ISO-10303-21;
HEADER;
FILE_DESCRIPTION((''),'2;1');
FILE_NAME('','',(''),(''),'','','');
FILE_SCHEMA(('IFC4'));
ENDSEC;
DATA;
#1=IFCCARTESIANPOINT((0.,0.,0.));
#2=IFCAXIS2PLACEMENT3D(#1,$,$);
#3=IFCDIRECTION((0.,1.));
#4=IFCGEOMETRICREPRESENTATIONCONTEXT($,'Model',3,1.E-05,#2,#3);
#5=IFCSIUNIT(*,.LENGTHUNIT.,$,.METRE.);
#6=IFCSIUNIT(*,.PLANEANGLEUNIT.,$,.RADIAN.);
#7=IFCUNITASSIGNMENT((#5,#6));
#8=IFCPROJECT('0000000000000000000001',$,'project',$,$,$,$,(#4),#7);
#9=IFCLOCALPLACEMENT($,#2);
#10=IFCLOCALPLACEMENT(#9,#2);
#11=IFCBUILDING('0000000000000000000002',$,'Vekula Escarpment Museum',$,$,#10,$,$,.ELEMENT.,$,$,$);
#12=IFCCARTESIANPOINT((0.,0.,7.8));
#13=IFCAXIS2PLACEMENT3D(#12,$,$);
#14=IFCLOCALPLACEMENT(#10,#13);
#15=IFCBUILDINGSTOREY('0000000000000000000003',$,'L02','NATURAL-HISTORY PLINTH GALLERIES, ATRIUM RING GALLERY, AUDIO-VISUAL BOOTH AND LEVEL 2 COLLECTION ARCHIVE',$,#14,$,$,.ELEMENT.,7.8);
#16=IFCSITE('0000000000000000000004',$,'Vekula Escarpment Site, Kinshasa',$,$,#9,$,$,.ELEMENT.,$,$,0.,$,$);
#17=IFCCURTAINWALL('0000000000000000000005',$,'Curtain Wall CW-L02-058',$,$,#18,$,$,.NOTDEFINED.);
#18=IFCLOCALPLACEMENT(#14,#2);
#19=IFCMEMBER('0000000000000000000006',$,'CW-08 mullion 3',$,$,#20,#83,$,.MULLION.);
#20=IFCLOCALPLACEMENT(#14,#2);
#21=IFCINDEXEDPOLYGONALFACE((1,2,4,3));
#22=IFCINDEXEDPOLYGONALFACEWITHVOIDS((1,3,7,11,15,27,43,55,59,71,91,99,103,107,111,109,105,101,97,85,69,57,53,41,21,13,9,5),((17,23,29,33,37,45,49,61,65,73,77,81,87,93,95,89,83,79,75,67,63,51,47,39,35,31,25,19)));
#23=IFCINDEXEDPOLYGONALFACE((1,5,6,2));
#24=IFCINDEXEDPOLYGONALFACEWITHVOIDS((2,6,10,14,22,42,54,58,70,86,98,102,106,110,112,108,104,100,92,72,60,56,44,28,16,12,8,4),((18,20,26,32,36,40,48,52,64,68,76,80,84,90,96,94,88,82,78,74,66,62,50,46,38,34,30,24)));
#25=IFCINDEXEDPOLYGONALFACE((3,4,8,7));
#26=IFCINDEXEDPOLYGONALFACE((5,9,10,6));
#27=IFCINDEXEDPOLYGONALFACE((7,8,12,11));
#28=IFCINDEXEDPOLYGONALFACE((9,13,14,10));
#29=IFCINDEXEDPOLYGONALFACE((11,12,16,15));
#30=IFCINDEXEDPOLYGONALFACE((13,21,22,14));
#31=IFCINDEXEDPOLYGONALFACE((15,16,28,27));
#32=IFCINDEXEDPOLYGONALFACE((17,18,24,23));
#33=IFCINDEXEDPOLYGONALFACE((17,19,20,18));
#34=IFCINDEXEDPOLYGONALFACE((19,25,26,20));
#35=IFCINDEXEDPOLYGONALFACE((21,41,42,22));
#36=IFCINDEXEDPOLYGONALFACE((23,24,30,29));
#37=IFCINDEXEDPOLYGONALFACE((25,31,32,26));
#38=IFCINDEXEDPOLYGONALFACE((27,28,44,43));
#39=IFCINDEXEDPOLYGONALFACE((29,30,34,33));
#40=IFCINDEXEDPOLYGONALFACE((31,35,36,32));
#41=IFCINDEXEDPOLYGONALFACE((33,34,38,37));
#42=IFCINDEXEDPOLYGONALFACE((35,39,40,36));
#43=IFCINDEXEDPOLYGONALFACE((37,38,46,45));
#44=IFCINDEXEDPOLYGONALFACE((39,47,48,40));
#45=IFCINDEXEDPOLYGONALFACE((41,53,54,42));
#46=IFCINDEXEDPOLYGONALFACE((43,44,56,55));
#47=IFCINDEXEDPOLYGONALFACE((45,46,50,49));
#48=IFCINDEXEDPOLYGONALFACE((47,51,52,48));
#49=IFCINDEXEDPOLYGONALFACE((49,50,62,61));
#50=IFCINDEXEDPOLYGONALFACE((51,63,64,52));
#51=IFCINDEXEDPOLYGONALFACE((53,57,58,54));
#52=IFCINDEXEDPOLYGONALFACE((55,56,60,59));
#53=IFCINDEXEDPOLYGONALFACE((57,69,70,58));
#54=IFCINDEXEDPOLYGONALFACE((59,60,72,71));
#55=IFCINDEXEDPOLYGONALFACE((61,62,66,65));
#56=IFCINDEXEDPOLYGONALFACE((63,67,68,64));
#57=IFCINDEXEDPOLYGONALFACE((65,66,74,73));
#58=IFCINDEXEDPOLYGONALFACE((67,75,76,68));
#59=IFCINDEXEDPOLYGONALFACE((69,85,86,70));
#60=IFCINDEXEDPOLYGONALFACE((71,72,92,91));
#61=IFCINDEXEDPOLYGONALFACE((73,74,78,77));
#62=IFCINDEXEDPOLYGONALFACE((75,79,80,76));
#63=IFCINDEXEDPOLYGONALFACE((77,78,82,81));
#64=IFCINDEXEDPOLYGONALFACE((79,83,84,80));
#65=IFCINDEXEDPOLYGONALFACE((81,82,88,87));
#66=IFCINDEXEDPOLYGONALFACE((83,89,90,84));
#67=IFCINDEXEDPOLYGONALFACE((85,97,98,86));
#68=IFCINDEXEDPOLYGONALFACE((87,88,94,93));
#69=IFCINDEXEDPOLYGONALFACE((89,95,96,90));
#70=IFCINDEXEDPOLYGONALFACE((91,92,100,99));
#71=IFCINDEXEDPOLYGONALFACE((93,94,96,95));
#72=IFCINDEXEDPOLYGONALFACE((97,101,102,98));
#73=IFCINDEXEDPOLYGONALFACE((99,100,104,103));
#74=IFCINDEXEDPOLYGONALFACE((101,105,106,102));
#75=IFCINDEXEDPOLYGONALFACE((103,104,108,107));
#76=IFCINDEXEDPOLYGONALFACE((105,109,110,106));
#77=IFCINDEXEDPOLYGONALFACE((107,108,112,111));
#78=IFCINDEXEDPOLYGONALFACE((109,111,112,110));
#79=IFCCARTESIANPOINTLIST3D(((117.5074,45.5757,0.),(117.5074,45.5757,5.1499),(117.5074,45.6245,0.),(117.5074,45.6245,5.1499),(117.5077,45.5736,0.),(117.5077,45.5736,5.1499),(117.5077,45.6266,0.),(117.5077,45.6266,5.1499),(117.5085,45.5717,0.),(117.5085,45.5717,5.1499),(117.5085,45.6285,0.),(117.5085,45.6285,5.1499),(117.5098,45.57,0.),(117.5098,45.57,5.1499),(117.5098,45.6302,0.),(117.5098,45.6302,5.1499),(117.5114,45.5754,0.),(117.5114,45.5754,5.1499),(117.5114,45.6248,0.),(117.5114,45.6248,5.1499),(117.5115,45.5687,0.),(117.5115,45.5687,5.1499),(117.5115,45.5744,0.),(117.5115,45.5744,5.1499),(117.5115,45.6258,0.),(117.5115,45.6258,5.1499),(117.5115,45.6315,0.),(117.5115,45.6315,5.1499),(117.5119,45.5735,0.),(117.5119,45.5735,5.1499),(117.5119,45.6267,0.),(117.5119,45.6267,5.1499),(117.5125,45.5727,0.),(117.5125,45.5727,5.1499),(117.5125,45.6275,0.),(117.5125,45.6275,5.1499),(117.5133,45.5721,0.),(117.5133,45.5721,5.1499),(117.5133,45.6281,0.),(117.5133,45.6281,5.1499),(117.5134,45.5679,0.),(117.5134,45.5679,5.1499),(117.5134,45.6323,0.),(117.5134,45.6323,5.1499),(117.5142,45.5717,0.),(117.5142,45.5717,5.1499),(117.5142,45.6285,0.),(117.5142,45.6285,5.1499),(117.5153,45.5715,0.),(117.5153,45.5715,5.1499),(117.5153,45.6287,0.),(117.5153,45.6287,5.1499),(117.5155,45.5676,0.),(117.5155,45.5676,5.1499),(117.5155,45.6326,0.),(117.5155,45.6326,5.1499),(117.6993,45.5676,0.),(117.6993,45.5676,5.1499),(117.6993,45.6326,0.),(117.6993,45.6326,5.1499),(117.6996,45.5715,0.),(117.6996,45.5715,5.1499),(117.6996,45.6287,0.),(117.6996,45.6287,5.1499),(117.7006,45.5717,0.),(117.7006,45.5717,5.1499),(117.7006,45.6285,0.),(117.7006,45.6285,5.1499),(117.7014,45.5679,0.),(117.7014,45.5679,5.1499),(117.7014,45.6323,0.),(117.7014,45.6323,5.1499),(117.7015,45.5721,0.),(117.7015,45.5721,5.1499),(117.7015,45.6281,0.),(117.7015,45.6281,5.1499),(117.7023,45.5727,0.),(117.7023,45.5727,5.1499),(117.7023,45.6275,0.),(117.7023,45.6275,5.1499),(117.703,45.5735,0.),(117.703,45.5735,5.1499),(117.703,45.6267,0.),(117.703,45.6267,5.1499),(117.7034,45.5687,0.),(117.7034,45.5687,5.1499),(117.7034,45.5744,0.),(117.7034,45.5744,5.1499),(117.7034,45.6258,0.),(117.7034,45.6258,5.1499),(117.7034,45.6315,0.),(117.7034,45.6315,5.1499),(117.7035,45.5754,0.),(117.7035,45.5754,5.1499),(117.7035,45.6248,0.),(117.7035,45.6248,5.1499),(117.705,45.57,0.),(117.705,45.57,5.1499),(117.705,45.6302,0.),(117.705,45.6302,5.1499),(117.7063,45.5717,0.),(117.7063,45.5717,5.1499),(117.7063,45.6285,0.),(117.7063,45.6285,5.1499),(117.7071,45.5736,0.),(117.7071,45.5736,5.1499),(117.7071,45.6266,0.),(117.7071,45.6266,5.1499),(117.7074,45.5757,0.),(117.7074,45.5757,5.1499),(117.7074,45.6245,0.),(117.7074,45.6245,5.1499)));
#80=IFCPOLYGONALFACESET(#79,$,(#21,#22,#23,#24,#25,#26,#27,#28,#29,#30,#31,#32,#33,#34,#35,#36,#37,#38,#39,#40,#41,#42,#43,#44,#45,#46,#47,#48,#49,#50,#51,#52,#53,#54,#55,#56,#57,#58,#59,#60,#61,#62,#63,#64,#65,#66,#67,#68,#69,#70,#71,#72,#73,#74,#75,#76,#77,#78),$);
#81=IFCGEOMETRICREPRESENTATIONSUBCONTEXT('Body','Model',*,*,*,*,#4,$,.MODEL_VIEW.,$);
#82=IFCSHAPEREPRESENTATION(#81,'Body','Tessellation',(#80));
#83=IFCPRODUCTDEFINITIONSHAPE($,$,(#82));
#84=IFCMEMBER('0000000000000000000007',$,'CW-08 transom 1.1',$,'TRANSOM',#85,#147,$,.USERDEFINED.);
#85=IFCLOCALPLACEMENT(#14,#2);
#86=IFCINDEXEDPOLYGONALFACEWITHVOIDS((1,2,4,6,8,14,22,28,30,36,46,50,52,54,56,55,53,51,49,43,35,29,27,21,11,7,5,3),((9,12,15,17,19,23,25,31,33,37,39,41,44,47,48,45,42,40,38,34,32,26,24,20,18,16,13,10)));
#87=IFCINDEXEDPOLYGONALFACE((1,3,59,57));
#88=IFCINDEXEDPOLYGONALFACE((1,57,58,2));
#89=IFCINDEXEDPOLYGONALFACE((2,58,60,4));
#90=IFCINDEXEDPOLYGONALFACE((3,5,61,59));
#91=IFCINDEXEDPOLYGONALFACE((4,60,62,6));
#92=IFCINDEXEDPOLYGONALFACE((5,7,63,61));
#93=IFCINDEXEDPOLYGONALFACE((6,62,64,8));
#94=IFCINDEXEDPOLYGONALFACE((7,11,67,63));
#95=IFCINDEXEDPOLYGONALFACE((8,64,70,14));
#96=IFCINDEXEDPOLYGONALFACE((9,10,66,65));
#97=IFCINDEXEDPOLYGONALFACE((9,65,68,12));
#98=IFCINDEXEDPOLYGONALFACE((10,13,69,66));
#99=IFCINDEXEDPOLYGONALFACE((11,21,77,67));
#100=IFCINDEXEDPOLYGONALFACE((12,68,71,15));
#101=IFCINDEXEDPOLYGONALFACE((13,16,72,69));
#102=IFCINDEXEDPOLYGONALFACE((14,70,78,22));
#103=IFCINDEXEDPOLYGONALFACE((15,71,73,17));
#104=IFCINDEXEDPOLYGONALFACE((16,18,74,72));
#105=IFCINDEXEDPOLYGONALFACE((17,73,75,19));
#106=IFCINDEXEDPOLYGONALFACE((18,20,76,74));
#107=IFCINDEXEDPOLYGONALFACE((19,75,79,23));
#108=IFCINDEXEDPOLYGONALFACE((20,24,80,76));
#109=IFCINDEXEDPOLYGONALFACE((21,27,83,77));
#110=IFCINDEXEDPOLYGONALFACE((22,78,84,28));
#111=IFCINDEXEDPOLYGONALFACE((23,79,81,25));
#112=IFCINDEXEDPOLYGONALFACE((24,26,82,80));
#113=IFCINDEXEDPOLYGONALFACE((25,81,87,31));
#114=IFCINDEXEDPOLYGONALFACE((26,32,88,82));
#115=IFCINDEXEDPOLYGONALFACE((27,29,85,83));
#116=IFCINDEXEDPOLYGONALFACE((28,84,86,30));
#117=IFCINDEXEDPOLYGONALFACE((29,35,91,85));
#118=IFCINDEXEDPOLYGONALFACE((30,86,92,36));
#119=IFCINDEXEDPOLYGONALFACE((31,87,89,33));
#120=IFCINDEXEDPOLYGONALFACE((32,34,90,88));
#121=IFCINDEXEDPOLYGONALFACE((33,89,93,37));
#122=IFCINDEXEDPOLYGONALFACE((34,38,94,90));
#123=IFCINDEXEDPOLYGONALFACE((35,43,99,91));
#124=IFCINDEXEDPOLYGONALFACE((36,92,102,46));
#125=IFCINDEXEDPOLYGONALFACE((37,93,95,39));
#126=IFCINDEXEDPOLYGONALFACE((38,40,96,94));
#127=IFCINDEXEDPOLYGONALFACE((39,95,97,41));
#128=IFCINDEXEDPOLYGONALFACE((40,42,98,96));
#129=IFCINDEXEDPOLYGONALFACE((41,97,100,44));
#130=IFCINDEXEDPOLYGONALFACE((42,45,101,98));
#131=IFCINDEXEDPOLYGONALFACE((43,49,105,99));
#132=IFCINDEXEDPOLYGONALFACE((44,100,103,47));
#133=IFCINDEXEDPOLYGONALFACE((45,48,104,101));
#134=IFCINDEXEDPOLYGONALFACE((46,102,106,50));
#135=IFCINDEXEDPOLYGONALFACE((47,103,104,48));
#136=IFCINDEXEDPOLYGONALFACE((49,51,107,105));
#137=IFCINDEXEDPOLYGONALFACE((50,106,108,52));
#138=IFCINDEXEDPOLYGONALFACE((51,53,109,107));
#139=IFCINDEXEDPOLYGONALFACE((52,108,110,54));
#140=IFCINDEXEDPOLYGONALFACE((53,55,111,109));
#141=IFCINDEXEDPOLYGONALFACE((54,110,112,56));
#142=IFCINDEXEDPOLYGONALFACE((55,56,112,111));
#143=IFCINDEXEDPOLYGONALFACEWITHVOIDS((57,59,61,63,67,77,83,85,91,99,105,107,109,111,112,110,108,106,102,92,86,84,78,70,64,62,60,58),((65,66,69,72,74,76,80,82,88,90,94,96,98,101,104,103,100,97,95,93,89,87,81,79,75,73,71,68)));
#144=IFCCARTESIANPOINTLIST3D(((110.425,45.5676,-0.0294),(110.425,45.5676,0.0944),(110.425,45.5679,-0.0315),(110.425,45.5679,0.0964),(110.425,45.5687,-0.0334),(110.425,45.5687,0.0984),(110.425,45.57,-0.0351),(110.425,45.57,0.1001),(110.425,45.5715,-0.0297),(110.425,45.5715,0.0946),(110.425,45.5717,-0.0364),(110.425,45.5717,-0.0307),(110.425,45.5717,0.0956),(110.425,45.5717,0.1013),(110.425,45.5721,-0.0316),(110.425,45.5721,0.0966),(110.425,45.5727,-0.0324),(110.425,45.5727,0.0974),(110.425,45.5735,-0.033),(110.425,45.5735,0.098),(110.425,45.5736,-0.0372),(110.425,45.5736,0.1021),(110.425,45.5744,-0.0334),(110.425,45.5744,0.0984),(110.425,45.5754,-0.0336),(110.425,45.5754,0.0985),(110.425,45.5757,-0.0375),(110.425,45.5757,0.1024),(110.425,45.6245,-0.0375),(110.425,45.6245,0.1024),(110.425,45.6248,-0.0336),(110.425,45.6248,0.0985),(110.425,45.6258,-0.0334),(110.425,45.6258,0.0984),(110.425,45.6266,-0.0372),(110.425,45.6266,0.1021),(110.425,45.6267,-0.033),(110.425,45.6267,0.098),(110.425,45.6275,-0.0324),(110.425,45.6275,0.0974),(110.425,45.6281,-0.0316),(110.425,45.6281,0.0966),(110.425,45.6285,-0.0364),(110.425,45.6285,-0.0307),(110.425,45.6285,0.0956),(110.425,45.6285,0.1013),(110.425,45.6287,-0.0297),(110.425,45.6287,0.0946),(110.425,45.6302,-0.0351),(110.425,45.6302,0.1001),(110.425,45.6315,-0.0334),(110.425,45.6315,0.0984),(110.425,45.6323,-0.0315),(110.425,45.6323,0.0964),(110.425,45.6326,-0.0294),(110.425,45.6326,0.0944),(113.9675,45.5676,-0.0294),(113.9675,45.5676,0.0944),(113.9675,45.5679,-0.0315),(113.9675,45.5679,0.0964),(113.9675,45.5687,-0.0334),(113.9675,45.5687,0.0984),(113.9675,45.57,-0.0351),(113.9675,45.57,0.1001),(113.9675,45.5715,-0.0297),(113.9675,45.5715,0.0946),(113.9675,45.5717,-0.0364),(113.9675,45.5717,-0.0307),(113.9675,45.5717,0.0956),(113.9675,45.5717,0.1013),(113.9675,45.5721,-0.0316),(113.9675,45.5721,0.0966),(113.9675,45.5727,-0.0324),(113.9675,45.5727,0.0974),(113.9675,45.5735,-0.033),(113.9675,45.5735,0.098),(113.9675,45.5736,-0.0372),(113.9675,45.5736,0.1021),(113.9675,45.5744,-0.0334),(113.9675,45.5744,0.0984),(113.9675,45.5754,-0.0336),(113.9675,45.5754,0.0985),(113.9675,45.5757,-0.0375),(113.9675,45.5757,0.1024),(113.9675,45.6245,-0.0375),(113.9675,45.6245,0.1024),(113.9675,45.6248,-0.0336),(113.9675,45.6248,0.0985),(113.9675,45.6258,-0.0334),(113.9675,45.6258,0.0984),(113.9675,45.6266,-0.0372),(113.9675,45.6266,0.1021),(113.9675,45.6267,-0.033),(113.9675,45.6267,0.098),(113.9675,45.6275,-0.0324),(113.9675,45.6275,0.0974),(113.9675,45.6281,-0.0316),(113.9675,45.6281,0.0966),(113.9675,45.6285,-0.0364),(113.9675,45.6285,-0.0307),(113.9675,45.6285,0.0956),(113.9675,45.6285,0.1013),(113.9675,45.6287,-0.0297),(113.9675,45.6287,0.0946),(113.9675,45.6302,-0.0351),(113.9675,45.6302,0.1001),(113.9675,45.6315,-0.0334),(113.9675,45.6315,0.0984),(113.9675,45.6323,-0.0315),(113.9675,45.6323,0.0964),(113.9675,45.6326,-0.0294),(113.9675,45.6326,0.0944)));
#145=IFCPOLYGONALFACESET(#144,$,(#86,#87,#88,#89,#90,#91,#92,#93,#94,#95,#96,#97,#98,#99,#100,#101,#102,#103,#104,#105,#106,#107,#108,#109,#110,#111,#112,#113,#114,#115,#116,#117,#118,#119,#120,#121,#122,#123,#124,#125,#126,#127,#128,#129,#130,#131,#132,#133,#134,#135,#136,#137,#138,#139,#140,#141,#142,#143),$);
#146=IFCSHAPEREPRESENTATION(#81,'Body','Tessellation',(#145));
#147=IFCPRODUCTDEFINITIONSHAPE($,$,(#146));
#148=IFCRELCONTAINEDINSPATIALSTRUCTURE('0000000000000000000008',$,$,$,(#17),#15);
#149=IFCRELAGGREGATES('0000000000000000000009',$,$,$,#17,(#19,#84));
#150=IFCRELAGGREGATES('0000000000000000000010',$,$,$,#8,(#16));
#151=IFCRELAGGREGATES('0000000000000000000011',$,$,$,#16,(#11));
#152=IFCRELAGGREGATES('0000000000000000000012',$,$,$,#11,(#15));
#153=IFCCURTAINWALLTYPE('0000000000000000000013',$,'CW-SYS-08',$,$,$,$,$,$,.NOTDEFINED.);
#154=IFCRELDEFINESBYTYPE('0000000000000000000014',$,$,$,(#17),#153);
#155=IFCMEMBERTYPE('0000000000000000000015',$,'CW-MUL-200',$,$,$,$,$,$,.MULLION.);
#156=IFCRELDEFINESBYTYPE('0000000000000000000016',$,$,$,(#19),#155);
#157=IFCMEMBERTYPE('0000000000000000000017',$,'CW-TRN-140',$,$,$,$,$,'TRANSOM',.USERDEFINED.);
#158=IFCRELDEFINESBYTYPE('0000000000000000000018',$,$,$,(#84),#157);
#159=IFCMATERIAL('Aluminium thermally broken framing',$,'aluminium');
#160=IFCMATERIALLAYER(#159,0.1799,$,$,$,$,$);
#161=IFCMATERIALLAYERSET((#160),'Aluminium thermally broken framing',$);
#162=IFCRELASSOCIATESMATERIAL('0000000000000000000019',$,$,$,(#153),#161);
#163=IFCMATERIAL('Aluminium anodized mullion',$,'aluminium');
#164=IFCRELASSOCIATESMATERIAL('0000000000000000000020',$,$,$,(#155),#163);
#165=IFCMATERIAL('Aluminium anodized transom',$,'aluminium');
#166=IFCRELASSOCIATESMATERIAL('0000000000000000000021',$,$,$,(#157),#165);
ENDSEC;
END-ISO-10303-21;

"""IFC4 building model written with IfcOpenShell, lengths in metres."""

from ifc_helpers import new_model, si_unit, direction, frame, origin, origin_2d, place, context, subcontext, project, spatial, hollow_rectangle, extrude, material, layer, layer_set, material_profile, profile_set, type_object, element, aggregate, save


model = new_model("IFC4")

# Units and contexts
model_context = context("Model", 3, precision=1e-05, world=origin(), true_north=direction((0.0, 1.0)))
body_context = subcontext(model_context, "Body", "Model", "MODEL_VIEW")
ifc_project = project(units=[si_unit("LENGTHUNIT", "METRE"), si_unit("PLANEANGLEUNIT", "RADIAN")], contexts=[model_context])

# Site, building, storey
site_placement = place(None, origin())
site = spatial("IfcSite", under=ifc_project, at=site_placement, Name="Vekula Escarpment Site, Kinshasa", CompositionType="ELEMENT", RefElevation=0.0)
building_placement = place(site_placement, origin())
building = spatial("IfcBuilding", under=site, at=building_placement, Name="Vekula Escarpment Museum", CompositionType="ELEMENT")
storey_placement = place(building_placement, frame((0.0, 0.0, 7.8)))
storey = spatial("IfcBuildingStorey", under=building, at=storey_placement, Name="L02", Description="NATURAL-HISTORY PLINTH GALLERIES, ATRIUM RING GALLERY, AUDIO-VISUAL BOOTH AND LEVEL 2 COLLECTION ARCHIVE", CompositionType="ELEMENT", Elevation=7.8)

# Curtain wall, members
ifc_material_1 = material(Name="Aluminium thermally broken framing", Category="aluminium")
ifc_layer_1 = layer(ifc_material_1, 0.1799)
ifc_layer_set_1 = layer_set([ifc_layer_1], Name="Aluminium thermally broken framing")
curtain_wall_type = type_object("IfcCurtainWallType", Name="CW-SYS-08", PredefinedType="NOTDEFINED", material=ifc_layer_set_1)
curtain_wall_placement = place(storey_placement, origin())
curtain_wall = element("IfcCurtainWall", 1, at=curtain_wall_placement, inside=storey, type_object=curtain_wall_type, Name="Curtain Wall CW-L02-058", PredefinedType="NOTDEFINED")
ifc_material_2 = material(Name="Aluminium anodized mullion", Category="aluminium")
ifc_material_profile_1 = material_profile(ifc_material_2, hollow_rectangle(XDim=0.0649, YDim=0.2, WallThickness=0.0039, InnerFilletRadius=0.0039, OuterFilletRadius=0.0081, at=origin_2d()), Name="ALU 200x65x4")
ifc_profile_set_1 = profile_set([ifc_material_profile_1], Name="Aluminium anodized mullion")
member_type_1 = type_object("IfcMemberType", Name="CW-MUL-200", PredefinedType="MULLION", material=ifc_profile_set_1)
member_1_placement = place(storey_placement, frame((117.6074, 45.6001, 0.0), z_axis=(0.0, 0.0, 1.0), x_axis=(0.0, 1.0, 0.0)))
member_1 = element("IfcMember", 2, at=member_1_placement, type_object=member_type_1, Name="CW-08 mullion 3", PredefinedType="MULLION", context=body_context, shape_type="SweptSolid", body=[
    extrude(hollow_rectangle(XDim=0.0649, YDim=0.2, WallThickness=0.0039, InnerFilletRadius=0.0039, OuterFilletRadius=0.0081, at=origin_2d()), origin(), (0.0, 0.0, 1.0), 5.1499),
])
ifc_material_3 = material(Name="Aluminium anodized transom", Category="aluminium")
ifc_material_profile_2 = material_profile(ifc_material_3, hollow_rectangle(XDim=0.0649, YDim=0.1399, WallThickness=0.0039, InnerFilletRadius=0.0039, OuterFilletRadius=0.0081, at=origin_2d()), Name="ALU 140x65x4")
ifc_profile_set_2 = profile_set([ifc_material_profile_2], Name="Aluminium anodized transom")
member_type_2 = type_object("IfcMemberType", Name="CW-TRN-140", ElementType="TRANSOM", PredefinedType="USERDEFINED", material=ifc_profile_set_2)
member_2_placement = place(storey_placement, frame((110.425, 45.6001, 0.0325), z_axis=(1.0, 0.0, 0.0), x_axis=(0.0, 1.0, 0.0)))
member_2 = element("IfcMember", 3, at=member_2_placement, type_object=member_type_2, Name="CW-08 transom 1.1", ObjectType="TRANSOM", PredefinedType="USERDEFINED", context=body_context, shape_type="SweptSolid", body=[
    extrude(hollow_rectangle(XDim=0.0649, YDim=0.1399, WallThickness=0.0039, InnerFilletRadius=0.0039, OuterFilletRadius=0.0081, at=origin_2d()), origin(), (0.0, 0.0, 1.0), 3.5425),
])
aggregate(curtain_wall, [member_1, member_2])

save(model, "model.ifc")
